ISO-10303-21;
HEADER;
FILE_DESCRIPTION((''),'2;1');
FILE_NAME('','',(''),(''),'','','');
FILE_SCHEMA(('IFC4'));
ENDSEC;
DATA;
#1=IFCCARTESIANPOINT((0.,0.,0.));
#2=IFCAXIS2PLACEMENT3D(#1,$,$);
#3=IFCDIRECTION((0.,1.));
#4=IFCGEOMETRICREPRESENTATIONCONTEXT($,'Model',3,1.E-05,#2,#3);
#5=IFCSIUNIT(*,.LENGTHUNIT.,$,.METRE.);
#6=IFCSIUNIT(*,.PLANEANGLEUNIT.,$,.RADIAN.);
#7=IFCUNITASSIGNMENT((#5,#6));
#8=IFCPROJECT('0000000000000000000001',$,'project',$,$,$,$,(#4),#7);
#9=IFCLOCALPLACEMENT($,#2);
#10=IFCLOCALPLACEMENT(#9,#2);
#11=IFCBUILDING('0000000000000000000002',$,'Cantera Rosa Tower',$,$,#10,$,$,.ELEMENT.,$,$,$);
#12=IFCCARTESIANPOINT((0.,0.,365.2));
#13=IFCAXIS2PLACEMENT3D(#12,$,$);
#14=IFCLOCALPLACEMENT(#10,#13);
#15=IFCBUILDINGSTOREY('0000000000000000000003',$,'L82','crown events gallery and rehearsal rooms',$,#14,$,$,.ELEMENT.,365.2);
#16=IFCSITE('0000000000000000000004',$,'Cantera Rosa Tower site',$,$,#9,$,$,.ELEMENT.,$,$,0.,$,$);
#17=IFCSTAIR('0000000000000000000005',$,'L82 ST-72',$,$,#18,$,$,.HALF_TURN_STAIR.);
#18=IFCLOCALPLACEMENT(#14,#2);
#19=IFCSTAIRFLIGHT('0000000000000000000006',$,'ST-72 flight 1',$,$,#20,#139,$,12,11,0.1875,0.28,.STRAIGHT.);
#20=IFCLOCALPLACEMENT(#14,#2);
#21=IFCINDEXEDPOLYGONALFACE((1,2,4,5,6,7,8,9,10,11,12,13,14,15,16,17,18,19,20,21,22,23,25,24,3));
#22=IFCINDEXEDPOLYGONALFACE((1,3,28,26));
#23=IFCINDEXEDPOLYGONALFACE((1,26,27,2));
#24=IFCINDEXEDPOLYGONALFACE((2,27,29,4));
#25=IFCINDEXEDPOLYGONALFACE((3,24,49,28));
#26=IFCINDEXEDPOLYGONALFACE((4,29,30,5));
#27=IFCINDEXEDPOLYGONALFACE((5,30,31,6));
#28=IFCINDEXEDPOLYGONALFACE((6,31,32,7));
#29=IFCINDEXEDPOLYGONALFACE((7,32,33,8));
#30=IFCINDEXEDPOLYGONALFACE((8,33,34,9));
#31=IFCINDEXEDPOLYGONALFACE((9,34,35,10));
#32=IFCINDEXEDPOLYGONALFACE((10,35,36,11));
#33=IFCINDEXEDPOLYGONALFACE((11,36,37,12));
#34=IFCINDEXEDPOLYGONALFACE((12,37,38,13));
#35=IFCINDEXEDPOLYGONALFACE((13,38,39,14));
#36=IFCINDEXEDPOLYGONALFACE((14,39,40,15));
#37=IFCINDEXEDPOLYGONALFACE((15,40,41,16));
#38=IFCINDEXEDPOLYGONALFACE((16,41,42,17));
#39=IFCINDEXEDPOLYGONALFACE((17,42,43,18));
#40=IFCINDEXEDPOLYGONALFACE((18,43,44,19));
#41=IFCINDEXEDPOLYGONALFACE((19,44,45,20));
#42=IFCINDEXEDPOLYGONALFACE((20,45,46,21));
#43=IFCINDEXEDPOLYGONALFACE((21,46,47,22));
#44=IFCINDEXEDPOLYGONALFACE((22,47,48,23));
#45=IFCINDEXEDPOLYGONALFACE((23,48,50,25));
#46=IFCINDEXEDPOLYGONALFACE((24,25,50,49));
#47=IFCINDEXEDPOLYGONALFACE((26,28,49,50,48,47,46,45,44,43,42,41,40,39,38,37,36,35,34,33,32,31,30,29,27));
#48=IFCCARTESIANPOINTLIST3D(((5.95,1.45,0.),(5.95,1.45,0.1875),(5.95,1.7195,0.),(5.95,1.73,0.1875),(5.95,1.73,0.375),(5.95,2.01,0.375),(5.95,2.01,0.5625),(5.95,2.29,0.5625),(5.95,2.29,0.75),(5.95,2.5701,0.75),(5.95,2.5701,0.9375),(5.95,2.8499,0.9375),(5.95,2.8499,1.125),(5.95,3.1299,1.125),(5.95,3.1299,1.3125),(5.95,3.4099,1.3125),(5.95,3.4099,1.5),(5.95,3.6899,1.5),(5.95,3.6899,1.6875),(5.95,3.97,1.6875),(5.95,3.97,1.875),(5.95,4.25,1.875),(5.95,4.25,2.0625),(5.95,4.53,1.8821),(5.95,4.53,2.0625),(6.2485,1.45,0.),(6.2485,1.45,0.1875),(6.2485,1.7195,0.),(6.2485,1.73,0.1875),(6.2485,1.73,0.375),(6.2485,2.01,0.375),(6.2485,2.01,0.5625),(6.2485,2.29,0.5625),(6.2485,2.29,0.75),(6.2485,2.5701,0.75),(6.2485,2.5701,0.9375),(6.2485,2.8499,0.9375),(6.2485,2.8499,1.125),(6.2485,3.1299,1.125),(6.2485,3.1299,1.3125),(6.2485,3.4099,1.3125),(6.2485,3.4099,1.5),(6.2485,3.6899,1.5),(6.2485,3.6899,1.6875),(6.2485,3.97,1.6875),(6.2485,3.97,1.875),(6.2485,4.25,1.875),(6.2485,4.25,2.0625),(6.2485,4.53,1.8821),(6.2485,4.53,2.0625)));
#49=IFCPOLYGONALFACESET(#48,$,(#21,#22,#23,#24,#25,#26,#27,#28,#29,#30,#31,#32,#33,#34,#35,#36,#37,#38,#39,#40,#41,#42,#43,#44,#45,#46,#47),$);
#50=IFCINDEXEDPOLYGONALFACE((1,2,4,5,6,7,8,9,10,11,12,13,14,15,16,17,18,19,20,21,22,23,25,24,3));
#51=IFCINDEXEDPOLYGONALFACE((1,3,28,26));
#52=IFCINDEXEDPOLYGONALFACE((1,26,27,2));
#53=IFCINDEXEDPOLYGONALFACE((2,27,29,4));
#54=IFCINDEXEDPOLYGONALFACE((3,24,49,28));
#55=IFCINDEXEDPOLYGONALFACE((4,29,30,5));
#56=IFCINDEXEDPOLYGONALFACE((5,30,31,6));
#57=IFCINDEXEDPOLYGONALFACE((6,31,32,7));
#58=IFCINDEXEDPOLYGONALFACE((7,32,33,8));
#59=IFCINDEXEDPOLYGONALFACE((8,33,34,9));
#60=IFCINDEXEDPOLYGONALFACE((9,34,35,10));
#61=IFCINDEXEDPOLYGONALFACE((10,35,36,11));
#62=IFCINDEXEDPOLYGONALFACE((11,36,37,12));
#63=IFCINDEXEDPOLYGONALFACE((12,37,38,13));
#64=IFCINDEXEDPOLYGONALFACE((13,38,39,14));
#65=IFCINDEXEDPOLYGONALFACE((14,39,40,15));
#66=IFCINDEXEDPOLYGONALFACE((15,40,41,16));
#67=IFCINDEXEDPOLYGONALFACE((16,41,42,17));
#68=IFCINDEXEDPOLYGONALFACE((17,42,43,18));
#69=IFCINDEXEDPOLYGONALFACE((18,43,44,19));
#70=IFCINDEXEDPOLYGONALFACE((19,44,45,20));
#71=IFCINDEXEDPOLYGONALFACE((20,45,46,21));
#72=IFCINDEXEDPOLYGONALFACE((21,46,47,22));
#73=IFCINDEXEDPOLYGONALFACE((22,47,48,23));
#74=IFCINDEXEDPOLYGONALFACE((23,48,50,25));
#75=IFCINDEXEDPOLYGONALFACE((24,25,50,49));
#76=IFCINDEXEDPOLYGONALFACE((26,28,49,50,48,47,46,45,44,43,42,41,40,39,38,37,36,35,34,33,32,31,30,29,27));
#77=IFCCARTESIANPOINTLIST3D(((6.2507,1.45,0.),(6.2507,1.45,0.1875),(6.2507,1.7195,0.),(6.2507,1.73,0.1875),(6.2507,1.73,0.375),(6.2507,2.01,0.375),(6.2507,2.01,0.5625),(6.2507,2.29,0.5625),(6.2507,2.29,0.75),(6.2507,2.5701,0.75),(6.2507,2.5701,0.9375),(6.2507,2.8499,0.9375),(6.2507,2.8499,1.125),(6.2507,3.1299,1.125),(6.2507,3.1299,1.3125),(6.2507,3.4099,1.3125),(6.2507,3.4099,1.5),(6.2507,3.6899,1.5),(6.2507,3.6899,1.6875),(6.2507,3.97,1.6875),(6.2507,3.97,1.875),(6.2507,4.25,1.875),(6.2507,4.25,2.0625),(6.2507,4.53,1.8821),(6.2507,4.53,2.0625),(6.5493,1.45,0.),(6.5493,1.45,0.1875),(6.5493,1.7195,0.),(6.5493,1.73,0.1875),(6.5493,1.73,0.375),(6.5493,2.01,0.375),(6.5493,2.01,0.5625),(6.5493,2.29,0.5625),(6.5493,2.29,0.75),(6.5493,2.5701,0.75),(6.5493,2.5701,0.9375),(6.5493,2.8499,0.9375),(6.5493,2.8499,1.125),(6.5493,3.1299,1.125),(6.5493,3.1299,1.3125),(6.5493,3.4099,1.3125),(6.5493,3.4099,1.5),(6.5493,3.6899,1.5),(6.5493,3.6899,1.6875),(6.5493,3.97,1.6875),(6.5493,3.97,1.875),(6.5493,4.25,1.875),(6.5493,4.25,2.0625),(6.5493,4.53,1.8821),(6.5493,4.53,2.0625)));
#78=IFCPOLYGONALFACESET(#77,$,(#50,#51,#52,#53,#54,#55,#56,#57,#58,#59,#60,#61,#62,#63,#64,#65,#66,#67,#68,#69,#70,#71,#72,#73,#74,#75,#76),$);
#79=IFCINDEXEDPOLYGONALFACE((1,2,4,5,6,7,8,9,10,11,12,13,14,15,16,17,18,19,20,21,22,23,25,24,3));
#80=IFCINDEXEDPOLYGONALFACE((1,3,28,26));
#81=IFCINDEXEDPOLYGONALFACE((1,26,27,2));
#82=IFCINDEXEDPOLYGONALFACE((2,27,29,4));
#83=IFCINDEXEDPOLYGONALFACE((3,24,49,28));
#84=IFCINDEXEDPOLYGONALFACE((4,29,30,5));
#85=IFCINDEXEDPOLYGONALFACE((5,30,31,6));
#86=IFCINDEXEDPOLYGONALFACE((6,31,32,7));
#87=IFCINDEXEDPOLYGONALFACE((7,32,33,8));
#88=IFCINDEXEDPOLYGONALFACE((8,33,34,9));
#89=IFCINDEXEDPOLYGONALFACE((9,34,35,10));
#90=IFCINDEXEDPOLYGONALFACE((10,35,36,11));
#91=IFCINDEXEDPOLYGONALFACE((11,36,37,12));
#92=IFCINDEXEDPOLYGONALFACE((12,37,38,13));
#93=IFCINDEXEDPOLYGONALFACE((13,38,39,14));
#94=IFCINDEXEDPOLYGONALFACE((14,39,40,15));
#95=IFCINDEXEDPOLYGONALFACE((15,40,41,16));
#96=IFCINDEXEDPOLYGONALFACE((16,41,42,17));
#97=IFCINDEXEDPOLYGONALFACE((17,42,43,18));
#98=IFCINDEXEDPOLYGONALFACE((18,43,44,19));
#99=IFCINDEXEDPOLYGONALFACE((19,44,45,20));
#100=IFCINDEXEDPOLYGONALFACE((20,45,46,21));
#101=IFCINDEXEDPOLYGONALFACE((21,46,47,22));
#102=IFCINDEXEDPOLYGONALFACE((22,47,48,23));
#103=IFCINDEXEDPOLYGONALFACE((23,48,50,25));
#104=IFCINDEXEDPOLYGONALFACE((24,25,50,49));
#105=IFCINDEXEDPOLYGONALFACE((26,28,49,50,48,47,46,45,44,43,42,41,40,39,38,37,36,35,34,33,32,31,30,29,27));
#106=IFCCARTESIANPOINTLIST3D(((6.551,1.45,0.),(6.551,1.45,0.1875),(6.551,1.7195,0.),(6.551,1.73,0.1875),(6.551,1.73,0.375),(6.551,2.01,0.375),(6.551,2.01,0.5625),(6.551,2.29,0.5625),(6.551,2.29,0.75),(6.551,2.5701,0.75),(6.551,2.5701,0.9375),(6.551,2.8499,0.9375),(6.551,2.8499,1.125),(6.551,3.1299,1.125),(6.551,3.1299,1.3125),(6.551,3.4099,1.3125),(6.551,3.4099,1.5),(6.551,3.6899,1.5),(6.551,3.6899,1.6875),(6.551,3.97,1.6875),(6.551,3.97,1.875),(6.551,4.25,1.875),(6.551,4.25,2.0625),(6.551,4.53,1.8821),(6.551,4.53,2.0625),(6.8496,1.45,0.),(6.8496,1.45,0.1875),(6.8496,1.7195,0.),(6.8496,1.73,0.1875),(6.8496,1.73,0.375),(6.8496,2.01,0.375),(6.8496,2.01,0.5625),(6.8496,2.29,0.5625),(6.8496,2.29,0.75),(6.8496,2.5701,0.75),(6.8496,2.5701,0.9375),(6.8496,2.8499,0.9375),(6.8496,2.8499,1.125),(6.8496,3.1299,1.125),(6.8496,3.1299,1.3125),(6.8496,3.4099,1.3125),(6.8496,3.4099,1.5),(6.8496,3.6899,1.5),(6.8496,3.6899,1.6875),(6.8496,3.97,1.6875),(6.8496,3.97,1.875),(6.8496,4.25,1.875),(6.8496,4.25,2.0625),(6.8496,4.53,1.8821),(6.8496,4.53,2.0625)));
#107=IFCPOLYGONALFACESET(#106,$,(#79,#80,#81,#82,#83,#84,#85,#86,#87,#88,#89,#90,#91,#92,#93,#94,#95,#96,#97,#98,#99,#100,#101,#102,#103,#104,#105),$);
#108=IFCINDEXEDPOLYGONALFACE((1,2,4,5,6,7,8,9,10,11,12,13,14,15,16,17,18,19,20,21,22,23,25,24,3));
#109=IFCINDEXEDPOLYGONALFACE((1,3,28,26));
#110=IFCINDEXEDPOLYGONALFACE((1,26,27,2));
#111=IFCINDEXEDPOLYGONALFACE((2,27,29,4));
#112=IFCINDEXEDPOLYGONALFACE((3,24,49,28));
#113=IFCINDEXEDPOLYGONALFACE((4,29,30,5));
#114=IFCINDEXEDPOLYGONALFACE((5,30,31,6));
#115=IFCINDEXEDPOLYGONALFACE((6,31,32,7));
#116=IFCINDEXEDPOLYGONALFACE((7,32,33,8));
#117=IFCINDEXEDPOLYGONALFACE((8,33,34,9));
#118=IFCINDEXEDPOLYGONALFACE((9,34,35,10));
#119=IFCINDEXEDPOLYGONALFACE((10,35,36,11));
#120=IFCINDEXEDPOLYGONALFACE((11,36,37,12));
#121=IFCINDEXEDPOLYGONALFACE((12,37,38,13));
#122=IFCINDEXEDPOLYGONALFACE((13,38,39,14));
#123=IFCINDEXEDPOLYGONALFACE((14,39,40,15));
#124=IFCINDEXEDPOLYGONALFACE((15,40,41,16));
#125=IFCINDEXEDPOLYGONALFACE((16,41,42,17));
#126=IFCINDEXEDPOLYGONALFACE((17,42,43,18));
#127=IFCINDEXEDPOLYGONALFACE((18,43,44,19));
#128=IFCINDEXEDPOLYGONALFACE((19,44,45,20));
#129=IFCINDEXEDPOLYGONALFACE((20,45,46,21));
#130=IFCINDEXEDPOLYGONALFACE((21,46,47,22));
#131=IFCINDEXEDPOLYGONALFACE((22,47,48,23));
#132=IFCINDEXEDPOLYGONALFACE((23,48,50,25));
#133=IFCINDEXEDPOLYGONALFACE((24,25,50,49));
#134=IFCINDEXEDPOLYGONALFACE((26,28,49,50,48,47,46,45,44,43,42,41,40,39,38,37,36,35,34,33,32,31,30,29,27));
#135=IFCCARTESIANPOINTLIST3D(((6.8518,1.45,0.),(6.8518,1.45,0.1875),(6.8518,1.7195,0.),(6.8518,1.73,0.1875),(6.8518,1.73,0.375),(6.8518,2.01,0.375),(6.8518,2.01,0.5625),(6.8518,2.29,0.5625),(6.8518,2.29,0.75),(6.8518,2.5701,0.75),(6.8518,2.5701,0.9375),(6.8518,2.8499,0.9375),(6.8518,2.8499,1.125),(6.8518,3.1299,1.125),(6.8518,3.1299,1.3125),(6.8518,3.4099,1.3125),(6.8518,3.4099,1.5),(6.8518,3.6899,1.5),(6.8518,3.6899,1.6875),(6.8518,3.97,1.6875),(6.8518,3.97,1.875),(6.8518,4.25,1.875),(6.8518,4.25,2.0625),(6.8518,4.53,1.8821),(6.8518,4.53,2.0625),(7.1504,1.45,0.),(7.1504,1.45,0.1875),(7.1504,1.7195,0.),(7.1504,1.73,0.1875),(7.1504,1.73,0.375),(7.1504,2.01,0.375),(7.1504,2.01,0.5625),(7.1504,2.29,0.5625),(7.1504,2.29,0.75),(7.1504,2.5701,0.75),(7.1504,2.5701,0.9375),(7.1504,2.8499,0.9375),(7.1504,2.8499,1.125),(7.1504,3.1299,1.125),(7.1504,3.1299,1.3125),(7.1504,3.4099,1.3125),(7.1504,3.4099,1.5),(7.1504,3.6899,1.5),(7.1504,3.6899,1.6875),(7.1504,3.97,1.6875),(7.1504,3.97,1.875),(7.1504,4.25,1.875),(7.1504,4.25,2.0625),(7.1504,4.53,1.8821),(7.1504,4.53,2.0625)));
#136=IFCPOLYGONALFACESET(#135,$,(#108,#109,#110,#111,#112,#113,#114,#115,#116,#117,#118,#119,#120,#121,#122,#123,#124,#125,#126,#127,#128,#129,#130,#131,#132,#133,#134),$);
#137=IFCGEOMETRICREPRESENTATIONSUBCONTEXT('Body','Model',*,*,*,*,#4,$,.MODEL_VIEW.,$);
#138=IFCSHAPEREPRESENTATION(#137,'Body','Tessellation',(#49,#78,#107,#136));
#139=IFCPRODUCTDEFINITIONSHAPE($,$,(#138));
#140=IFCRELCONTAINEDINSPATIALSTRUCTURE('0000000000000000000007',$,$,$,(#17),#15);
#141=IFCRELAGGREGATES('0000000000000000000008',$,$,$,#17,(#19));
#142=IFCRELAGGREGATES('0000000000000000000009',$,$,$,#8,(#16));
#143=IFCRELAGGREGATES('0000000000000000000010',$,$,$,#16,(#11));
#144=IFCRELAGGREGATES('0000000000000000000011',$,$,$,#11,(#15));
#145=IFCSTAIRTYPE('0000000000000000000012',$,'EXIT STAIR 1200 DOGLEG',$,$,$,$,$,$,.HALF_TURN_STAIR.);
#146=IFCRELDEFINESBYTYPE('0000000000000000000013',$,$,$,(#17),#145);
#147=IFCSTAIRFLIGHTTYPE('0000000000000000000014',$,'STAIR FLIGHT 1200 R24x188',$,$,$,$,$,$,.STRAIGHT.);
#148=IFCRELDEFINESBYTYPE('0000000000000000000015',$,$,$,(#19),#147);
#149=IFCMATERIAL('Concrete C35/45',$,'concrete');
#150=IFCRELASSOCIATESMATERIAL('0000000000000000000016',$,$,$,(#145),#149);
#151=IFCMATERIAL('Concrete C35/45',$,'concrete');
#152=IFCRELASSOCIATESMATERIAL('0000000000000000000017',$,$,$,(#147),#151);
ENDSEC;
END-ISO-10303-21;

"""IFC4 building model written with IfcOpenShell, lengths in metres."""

from ifc_helpers import new_model, si_unit, direction, frame, origin, place, context, subcontext, project, spatial, polyline, outline, extrude, material, type_object, element, aggregate, save


model = new_model("IFC4")

# Units and contexts
model_context = context("Model", 3, precision=1e-05, world=origin(), true_north=direction((0.0, 1.0)))
body_context = subcontext(model_context, "Body", "Model", "MODEL_VIEW")
ifc_project = project(units=[si_unit("LENGTHUNIT", "METRE"), si_unit("PLANEANGLEUNIT", "RADIAN")], contexts=[model_context])

# Site, building, storey
site_placement = place(None, origin())
site = spatial("IfcSite", under=ifc_project, at=site_placement, Name="Cantera Rosa Tower site", CompositionType="ELEMENT", RefElevation=0.0)
building_placement = place(site_placement, origin())
building = spatial("IfcBuilding", under=site, at=building_placement, Name="Cantera Rosa Tower", CompositionType="ELEMENT")
storey_placement = place(building_placement, frame((0.0, 0.0, 365.2)))
storey = spatial("IfcBuildingStorey", under=building, at=storey_placement, Name="L82", Description="crown events gallery and rehearsal rooms", CompositionType="ELEMENT", Elevation=365.2)

# Stair, stair flight
ifc_material_1 = material(Name="Concrete C35/45", Category="concrete")
stair_type = type_object("IfcStairType", Name="EXIT STAIR 1200 DOGLEG", PredefinedType="HALF_TURN_STAIR", material=ifc_material_1)
stair_placement = place(storey_placement, origin())
stair = element("IfcStair", 1, at=stair_placement, inside=storey, type_object=stair_type, Name="L82 ST-72", PredefinedType="HALF_TURN_STAIR")
ifc_material_2 = material(Name="Concrete C35/45", Category="concrete")
stair_flight_type = type_object("IfcStairFlightType", Name="STAIR FLIGHT 1200 R24x188", PredefinedType="STRAIGHT", material=ifc_material_2)
stair_flight_1_placement = place(storey_placement, frame((6.55, 1.45, 0.0), z_axis=(0.0, 0.0, 1.0), x_axis=(0.0, 1.0, 0.0)))
stair_flight_1 = element("IfcStairFlight", 2, at=stair_flight_1_placement, type_object=stair_flight_type, Name="ST-72 flight 1", NumberOfRisers=12, NumberOfTreads=11, PredefinedType="STRAIGHT", RiserHeight=0.1875, TreadLength=0.28, context=body_context, shape_type="SweptSolid", body=[
    extrude(outline(polyline([(0.0, 0.0), (0.0, 0.1875), (0.28, 0.1875), (0.28, 0.375), (0.5601, 0.375), (0.5601, 0.5625), (0.8401, 0.5625), (0.8401, 0.75), (1.1201, 0.75), (1.1201, 0.9375), (1.3999, 0.9375), (1.3999, 1.125), (1.6799, 1.125), (1.6799, 1.3125), (1.96, 1.3125), (1.96, 1.5), (2.24, 1.5), (2.24, 1.6875), (2.52, 1.6875), (2.52, 1.875), (2.8, 1.875), (2.8, 2.0625), (3.0801, 2.0625), (3.0801, 2.25), (3.0801, 1.8821), (0.2695, 0.0), (0.0, 0.0)])), frame((0.0, 0.6001, 0.0), z_axis=(0.0, -1.0, 0.0), x_axis=(1.0, 0.0, 0.0)), (0.0, 0.0, 1.0), 0.2986),
    extrude(outline(polyline([(0.0, 0.0), (0.0, 0.1875), (0.28, 0.1875), (0.28, 0.375), (0.5601, 0.375), (0.5601, 0.5625), (0.8401, 0.5625), (0.8401, 0.75), (1.1201, 0.75), (1.1201, 0.9375), (1.3999, 0.9375), (1.3999, 1.125), (1.6799, 1.125), (1.6799, 1.3125), (1.96, 1.3125), (1.96, 1.5), (2.24, 1.5), (2.24, 1.6875), (2.52, 1.6875), (2.52, 1.875), (2.8, 1.875), (2.8, 2.0625), (3.0801, 2.0625), (3.0801, 2.25), (3.0801, 1.8821), (0.2695, 0.0), (0.0, 0.0)])), frame((0.0, 0.2993, 0.0), z_axis=(0.0, -1.0, 0.0), x_axis=(1.0, 0.0, 0.0)), (0.0, 0.0, 1.0), 0.2986),
    extrude(outline(polyline([(0.0, 0.0), (0.0, 0.1875), (0.28, 0.1875), (0.28, 0.375), (0.5601, 0.375), (0.5601, 0.5625), (0.8401, 0.5625), (0.8401, 0.75), (1.1201, 0.75), (1.1201, 0.9375), (1.3999, 0.9375), (1.3999, 1.125), (1.6799, 1.125), (1.6799, 1.3125), (1.96, 1.3125), (1.96, 1.5), (2.24, 1.5), (2.24, 1.6875), (2.52, 1.6875), (2.52, 1.875), (2.8, 1.875), (2.8, 2.0625), (3.0801, 2.0625), (3.0801, 2.25), (3.0801, 1.8821), (0.2695, 0.0), (0.0, 0.0)])), frame((0.0, -0.001, 0.0), z_axis=(0.0, -1.0, 0.0), x_axis=(1.0, 0.0, 0.0)), (0.0, 0.0, 1.0), 0.2986),
    extrude(outline(polyline([(0.0, 0.0), (0.0, 0.1875), (0.28, 0.1875), (0.28, 0.375), (0.5601, 0.375), (0.5601, 0.5625), (0.8401, 0.5625), (0.8401, 0.75), (1.1201, 0.75), (1.1201, 0.9375), (1.3999, 0.9375), (1.3999, 1.125), (1.6799, 1.125), (1.6799, 1.3125), (1.96, 1.3125), (1.96, 1.5), (2.24, 1.5), (2.24, 1.6875), (2.52, 1.6875), (2.52, 1.875), (2.8, 1.875), (2.8, 2.0625), (3.0801, 2.0625), (3.0801, 2.25), (3.0801, 1.8821), (0.2695, 0.0), (0.0, 0.0)])), frame((0.0, -0.3018, 0.0), z_axis=(0.0, -1.0, 0.0), x_axis=(1.0, 0.0, 0.0)), (0.0, 0.0, 1.0), 0.2986),
])
aggregate(stair, [stair_flight_1])

save(model, "model.ifc")
